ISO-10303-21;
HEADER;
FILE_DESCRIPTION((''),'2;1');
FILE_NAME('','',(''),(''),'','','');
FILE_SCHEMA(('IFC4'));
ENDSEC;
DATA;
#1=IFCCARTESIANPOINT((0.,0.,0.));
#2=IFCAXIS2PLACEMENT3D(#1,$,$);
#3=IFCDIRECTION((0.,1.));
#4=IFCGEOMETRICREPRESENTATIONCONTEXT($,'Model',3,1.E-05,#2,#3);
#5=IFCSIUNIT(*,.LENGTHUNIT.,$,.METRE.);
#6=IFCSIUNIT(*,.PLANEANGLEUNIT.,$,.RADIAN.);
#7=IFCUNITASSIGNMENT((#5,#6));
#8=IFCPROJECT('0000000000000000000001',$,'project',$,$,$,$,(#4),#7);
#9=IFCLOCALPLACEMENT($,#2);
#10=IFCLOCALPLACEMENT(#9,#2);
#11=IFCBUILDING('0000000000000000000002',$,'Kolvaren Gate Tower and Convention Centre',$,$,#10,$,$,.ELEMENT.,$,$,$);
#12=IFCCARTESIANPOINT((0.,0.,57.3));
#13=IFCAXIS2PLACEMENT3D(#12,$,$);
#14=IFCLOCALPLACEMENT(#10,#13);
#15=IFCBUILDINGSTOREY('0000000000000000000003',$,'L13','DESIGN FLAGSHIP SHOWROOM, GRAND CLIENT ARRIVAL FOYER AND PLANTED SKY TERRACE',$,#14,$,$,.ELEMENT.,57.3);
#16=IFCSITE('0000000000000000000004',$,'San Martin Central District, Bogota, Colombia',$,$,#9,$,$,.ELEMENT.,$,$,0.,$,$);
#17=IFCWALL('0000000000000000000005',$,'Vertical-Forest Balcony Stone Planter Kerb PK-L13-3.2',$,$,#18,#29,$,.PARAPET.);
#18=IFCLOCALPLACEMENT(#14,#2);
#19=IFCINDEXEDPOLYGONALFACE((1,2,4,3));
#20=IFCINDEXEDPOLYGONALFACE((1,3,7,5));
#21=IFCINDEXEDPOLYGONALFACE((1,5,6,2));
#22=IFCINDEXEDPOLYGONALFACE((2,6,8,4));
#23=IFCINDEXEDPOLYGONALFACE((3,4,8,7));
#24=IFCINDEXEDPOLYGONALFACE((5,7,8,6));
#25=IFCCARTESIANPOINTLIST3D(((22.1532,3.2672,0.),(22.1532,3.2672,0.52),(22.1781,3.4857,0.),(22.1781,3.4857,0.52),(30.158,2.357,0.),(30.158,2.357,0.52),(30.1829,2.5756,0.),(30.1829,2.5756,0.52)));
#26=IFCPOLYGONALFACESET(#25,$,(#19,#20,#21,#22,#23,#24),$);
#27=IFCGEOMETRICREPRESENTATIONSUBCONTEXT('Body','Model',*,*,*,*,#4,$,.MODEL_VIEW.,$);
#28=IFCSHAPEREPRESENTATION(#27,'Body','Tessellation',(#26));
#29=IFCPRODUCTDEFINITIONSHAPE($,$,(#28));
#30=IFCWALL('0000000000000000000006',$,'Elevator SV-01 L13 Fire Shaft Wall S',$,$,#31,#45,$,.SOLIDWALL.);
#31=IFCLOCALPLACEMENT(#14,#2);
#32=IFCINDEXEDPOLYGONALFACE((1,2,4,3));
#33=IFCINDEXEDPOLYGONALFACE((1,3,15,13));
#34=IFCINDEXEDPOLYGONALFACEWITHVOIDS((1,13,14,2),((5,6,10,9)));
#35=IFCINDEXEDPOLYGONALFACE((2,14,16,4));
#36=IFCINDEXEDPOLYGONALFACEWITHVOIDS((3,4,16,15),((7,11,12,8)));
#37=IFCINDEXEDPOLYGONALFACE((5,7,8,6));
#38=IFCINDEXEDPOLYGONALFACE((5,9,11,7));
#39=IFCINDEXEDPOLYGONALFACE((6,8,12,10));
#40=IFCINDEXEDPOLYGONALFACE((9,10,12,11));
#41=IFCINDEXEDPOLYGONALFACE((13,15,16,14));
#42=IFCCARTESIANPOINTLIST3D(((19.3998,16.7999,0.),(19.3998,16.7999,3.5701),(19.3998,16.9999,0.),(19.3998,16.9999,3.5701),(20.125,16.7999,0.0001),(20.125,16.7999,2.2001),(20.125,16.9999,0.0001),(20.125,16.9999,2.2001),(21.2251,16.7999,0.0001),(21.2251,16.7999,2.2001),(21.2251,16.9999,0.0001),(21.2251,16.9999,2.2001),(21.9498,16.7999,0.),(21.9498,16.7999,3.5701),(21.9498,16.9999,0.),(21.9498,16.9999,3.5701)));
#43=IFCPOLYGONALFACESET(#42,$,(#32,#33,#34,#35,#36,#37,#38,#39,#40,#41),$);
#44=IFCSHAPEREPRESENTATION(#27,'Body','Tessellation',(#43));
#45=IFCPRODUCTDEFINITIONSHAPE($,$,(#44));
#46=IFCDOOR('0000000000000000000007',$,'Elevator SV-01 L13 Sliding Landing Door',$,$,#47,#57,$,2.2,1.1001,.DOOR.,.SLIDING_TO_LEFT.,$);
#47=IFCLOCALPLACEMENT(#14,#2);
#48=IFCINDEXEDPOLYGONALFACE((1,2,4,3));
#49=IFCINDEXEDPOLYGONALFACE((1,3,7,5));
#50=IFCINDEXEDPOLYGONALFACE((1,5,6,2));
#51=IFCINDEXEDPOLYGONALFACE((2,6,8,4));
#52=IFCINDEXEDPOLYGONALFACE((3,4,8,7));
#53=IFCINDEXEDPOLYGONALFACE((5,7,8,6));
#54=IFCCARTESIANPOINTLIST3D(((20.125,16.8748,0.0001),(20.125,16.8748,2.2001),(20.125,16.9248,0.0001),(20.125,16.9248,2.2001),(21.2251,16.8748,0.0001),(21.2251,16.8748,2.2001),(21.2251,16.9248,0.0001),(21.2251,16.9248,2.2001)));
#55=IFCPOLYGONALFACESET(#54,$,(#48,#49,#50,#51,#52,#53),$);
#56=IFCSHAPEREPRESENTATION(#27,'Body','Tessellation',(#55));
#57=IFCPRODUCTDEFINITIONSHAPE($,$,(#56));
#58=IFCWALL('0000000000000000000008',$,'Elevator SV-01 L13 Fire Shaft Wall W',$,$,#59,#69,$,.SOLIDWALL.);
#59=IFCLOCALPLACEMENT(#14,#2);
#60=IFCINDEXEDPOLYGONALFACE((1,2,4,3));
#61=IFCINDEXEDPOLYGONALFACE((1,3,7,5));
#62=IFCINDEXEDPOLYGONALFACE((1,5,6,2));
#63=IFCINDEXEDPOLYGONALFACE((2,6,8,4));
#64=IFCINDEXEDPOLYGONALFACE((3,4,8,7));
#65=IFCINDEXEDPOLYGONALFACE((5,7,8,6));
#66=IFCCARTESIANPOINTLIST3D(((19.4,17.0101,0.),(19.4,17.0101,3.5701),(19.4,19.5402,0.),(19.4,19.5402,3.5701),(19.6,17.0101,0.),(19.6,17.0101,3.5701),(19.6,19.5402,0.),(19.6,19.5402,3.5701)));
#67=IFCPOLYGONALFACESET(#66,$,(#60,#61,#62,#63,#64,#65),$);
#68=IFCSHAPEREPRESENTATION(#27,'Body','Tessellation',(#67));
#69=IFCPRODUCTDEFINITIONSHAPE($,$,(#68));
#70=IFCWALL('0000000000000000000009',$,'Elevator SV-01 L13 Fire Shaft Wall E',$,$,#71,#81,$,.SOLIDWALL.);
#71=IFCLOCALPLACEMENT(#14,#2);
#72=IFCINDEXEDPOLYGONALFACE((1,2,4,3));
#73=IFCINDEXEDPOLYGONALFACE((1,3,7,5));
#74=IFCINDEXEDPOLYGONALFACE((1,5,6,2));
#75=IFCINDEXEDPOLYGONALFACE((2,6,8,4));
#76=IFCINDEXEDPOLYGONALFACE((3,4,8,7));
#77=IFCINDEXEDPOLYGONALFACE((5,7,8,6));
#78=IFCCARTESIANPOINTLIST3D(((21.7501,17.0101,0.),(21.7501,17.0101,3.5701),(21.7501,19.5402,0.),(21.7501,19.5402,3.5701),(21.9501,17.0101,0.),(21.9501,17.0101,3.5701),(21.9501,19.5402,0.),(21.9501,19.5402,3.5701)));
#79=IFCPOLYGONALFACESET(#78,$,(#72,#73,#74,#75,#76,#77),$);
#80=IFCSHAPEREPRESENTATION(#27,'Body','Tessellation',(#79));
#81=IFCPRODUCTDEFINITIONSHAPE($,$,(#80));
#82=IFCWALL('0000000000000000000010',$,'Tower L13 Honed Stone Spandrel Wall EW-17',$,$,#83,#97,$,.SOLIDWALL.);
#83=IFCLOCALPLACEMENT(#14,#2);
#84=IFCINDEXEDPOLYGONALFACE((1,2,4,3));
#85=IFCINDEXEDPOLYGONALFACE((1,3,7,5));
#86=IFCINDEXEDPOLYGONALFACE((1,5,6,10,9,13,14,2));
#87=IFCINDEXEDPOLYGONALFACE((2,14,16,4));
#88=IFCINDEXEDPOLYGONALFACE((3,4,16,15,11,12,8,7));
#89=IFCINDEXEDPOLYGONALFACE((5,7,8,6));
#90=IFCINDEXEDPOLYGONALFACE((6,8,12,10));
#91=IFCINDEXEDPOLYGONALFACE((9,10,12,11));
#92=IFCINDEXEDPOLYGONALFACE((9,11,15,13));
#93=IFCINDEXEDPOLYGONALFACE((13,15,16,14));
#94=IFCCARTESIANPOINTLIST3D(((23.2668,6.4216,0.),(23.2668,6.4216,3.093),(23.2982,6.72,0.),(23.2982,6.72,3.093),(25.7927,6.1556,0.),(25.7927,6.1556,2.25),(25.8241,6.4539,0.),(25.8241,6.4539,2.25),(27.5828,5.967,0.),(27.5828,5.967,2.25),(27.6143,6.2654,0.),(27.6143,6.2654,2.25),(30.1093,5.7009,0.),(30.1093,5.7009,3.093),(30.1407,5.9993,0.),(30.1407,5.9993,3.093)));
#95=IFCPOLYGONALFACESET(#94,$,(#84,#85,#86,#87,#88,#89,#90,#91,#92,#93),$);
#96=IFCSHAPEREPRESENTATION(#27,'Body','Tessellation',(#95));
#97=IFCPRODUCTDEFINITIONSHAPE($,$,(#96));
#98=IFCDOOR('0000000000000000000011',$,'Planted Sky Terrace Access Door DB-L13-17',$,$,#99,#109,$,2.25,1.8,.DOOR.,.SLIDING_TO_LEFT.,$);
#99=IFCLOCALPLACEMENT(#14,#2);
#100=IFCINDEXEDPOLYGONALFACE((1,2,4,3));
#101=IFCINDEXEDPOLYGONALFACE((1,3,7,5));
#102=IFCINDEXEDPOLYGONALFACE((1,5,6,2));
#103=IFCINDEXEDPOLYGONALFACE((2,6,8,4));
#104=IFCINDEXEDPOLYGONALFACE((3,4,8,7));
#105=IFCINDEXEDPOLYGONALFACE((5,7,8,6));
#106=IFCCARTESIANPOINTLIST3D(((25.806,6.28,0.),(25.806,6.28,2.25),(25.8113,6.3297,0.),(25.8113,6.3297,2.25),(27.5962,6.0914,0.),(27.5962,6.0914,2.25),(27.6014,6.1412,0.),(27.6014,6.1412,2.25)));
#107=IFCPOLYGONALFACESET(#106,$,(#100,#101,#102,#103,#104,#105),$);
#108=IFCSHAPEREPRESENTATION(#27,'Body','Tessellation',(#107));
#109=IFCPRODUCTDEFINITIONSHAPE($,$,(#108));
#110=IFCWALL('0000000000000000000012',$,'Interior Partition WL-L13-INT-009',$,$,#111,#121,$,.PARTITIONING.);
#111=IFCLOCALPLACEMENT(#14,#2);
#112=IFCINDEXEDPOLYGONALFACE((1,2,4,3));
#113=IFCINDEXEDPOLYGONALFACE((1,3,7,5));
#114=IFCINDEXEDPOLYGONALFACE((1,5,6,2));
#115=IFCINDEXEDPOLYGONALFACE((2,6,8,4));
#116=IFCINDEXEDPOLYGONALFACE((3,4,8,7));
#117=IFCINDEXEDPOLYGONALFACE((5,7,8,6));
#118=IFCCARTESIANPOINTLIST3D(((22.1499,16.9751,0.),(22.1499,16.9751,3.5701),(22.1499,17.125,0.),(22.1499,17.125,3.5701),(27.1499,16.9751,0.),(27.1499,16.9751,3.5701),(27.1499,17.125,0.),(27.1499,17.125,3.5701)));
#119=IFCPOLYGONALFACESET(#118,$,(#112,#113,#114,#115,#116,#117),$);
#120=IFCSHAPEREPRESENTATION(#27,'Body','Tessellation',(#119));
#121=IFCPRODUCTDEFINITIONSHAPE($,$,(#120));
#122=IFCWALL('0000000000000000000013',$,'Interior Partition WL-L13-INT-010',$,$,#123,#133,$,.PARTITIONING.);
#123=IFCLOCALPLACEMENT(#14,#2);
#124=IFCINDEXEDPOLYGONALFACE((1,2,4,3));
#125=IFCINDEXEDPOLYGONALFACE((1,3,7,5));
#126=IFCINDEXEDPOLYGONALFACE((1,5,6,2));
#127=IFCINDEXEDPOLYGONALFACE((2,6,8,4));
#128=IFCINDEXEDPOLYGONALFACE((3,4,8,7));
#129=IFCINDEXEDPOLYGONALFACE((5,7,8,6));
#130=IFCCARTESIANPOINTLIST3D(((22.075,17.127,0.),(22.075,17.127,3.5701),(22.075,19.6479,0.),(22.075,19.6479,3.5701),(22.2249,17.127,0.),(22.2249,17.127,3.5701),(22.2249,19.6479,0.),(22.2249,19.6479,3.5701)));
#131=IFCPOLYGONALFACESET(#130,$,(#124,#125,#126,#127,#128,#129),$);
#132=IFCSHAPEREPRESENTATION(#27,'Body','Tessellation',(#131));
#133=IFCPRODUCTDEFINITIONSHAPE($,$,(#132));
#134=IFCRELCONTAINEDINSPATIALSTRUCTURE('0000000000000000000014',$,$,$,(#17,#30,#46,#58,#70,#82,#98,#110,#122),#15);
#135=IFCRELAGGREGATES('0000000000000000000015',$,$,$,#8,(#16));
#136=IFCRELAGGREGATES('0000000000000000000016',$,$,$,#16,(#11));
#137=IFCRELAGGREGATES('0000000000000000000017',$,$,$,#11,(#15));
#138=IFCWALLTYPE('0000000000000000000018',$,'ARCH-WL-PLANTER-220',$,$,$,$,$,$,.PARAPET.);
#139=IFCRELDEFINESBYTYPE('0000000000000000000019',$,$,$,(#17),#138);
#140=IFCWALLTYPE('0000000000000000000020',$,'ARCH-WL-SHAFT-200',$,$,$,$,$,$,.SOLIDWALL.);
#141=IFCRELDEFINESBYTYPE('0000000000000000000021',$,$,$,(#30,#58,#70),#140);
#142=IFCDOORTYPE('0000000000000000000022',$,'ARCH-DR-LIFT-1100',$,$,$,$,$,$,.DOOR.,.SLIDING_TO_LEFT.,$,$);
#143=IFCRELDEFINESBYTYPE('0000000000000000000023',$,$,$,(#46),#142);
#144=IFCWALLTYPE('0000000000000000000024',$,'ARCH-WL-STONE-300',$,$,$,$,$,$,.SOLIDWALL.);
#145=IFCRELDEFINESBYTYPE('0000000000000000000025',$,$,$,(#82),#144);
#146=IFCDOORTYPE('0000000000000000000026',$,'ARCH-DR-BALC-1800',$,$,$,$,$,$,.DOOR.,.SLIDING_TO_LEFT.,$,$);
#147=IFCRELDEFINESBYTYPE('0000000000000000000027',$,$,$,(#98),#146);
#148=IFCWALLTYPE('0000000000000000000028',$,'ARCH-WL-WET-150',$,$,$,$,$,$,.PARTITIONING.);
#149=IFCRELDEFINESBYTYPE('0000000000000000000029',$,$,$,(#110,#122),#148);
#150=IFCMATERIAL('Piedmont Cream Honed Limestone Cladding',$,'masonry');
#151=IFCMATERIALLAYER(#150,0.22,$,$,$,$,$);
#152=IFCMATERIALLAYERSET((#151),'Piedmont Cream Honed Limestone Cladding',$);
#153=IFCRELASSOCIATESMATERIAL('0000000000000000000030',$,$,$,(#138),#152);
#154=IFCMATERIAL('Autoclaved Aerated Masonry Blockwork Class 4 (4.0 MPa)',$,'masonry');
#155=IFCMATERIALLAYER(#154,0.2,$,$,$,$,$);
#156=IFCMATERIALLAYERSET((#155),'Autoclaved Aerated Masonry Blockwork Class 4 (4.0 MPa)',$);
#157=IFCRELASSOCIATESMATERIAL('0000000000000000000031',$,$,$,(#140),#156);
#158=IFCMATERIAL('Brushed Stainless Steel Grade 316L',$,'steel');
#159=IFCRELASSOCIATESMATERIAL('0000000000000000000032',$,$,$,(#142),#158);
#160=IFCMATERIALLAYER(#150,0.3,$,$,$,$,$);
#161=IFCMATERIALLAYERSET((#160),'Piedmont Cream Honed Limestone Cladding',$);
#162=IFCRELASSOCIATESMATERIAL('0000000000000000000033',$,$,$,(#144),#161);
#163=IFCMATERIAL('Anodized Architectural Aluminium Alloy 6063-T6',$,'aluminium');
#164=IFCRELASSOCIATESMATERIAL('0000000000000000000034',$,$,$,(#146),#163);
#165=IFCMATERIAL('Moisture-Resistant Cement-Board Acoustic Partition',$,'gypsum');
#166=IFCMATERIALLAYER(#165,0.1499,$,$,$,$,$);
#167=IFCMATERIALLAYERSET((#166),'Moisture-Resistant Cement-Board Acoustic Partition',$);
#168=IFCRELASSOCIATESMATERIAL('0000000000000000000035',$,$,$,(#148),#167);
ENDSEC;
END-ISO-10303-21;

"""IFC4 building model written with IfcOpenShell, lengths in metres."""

from ifc_helpers import new_model, si_unit, direction, frame, frame_2d, origin, place, context, subcontext, project, spatial, rectangle, extrude, material, layer, layer_set, type_object, element, fill, save


model = new_model("IFC4")

# Units and contexts
model_context = context("Model", 3, precision=1e-05, world=origin(), true_north=direction((0.0, 1.0)))
body_context = subcontext(model_context, "Body", "Model", "MODEL_VIEW")
ifc_project = project(units=[si_unit("LENGTHUNIT", "METRE"), si_unit("PLANEANGLEUNIT", "RADIAN")], contexts=[model_context])

# Site, building, storey
site_placement = place(None, origin())
site = spatial("IfcSite", under=ifc_project, at=site_placement, Name="San Martin Central District, Bogota, Colombia", CompositionType="ELEMENT", RefElevation=0.0)
building_placement = place(site_placement, origin())
building = spatial("IfcBuilding", under=site, at=building_placement, Name="Kolvaren Gate Tower and Convention Centre", CompositionType="ELEMENT")
storey_placement = place(building_placement, frame((0.0, 0.0, 57.3)))
storey = spatial("IfcBuildingStorey", under=building, at=storey_placement, Name="L13", Description="DESIGN FLAGSHIP SHOWROOM, GRAND CLIENT ARRIVAL FOYER AND PLANTED SKY TERRACE", CompositionType="ELEMENT", Elevation=57.3)

# Wall
ifc_material_1 = material(Name="Piedmont Cream Honed Limestone Cladding", Category="masonry")
ifc_layer_1 = layer(ifc_material_1, 0.22)
ifc_layer_set_1 = layer_set([ifc_layer_1], Name="Piedmont Cream Honed Limestone Cladding")
wall_type_1 = type_object("IfcWallType", Name="ARCH-WL-PLANTER-220", PredefinedType="PARAPET", material=ifc_layer_set_1)
wall_1_placement = place(storey_placement, frame((22.1655, 3.3765, 0.0), z_axis=(0.0, 0.0, 1.0), x_axis=(0.993598, -0.112972, 0.0)))
element("IfcWall", 1, at=wall_1_placement, inside=storey, type_object=wall_type_1, Name="Vertical-Forest Balcony Stone Planter Kerb PK-L13-3.2", PredefinedType="PARAPET", context=body_context, shape_type="SweptSolid", body=[
    extrude(rectangle(XDim=8.0564, YDim=0.22, at=frame_2d((4.0283, 0.0))), origin(), (0.0, 0.0, 1.0), 0.52),
])

# Wall, opening, door
ifc_material_2 = material(Name="Autoclaved Aerated Masonry Blockwork Class 4 (4.0 MPa)", Category="masonry")
ifc_layer_2 = layer(ifc_material_2, 0.2)
ifc_layer_set_2 = layer_set([ifc_layer_2], Name="Autoclaved Aerated Masonry Blockwork Class 4 (4.0 MPa)")
wall_type_2 = type_object("IfcWallType", Name="ARCH-WL-SHAFT-200", PredefinedType="SOLIDWALL", material=ifc_layer_set_2)
wall_2_placement = place(storey_placement, frame((19.3999, 16.8999, 0.0), z_axis=(0.0, 0.0, 1.0), x_axis=(1.0, 0.0, 0.0)))
wall_2 = element("IfcWall", 2, at=wall_2_placement, inside=storey, type_object=wall_type_2, Name="Elevator SV-01 L13 Fire Shaft Wall S", PredefinedType="SOLIDWALL", context=body_context, shape_type="SweptSolid", body=[
    extrude(rectangle(XDim=2.55, YDim=0.2, at=frame_2d((1.2749, 0.0))), origin(), (0.0, 0.0, 1.0), 3.5701),
])
opening_1_placement = place(wall_2_placement, frame((0.7251, 0.0, 0.0)))
opening_1 = element("IfcOpeningElement", 3, at=opening_1_placement, cuts=wall_2, PredefinedType="OPENING", context=body_context, shape_type="SweptSolid", body=[
    extrude(rectangle(XDim=1.1001, YDim=2.2, at=frame_2d((0.55, 1.1001))), frame((0.0, 0.1099, 0.0), z_axis=(0.0, -1.0, 0.0), x_axis=(1.0, 0.0, 0.0)), (0.0, 0.0, 1.0), 0.22),
])
ifc_material_3 = material(Name="Brushed Stainless Steel Grade 316L", Category="steel")
door_type_1 = type_object("IfcDoorType", Name="ARCH-DR-LIFT-1100", OperationType="SLIDING_TO_LEFT", PredefinedType="DOOR", material=ifc_material_3)
door_1_placement = place(opening_1_placement, origin())
door_1 = element("IfcDoor", 4, at=door_1_placement, inside=storey, type_object=door_type_1, Name="Elevator SV-01 L13 Sliding Landing Door", OperationType="SLIDING_TO_LEFT", OverallHeight=2.2, OverallWidth=1.1001, PredefinedType="DOOR", context=body_context, shape_type="SweptSolid", body=[
    extrude(rectangle(XDim=1.1001, YDim=2.2, at=frame_2d((0.55, 1.1001))), frame((0.0, 0.0249, 0.0), z_axis=(0.0, -1.0, 0.0), x_axis=(1.0, 0.0, 0.0)), (0.0, 0.0, 1.0), 0.05),
])
fill(opening_1, door_1)

# Walls
for number, where, z_axis, x_axis, name in (
    (5, (19.5, 17.01, 0.0), (0.0, 0.0, 1.0), (0.0, 1.0, 0.0), "Elevator SV-01 L13 Fire Shaft Wall W"),
    (6, (21.8501, 17.01, 0.0), (0.0, 0.0, 1.0), (0.0, 1.0, 0.0), "Elevator SV-01 L13 Fire Shaft Wall E"),
):
    element("IfcWall", number, at=place(storey_placement, frame(where, z_axis=z_axis, x_axis=x_axis)), inside=storey, type_object=wall_type_2, Name=name, PredefinedType="SOLIDWALL", context=body_context, shape_type="SweptSolid", body=[
        extrude(rectangle(XDim=2.53, YDim=0.2, at=frame_2d((1.2651, 0.0))), origin(), (0.0, 0.0, 1.0), 3.5701),
    ])

# Wall, opening, door
ifc_layer_3 = layer(ifc_material_1, 0.3)
ifc_layer_set_3 = layer_set([ifc_layer_3], Name="Piedmont Cream Honed Limestone Cladding")
wall_type_3 = type_object("IfcWallType", Name="ARCH-WL-STONE-300", PredefinedType="SOLIDWALL", material=ifc_layer_set_3)
wall_3_placement = place(storey_placement, frame((23.2825, 6.5708, 0.0), z_axis=(0.0, 0.0, 1.0), x_axis=(0.994499, -0.104748, 0.0)))
wall_3 = element("IfcWall", 7, at=wall_3_placement, inside=storey, type_object=wall_type_3, Name="Tower L13 Honed Stone Spandrel Wall EW-17", PredefinedType="SOLIDWALL", context=body_context, shape_type="SweptSolid", body=[
    extrude(rectangle(XDim=6.8804, YDim=0.3, at=frame_2d((3.4402, 0.0))), origin(), (0.0, 0.0, 1.0), 3.093),
])
opening_2_placement = place(wall_3_placement, frame((2.54, 0.0, 0.0)))
opening_2 = element("IfcOpeningElement", 8, at=opening_2_placement, cuts=wall_3, PredefinedType="OPENING", context=body_context, shape_type="SweptSolid", body=[
    extrude(rectangle(XDim=1.8, YDim=2.25, at=frame_2d((0.8999, 1.125))), frame((0.0, 0.1599, 0.0), z_axis=(0.0, -1.0, 0.0), x_axis=(1.0, 0.0, 0.0)), (0.0, 0.0, 1.0), 0.3201),
])
ifc_material_4 = material(Name="Anodized Architectural Aluminium Alloy 6063-T6", Category="aluminium")
door_type_2 = type_object("IfcDoorType", Name="ARCH-DR-BALC-1800", OperationType="SLIDING_TO_LEFT", PredefinedType="DOOR", material=ifc_material_4)
door_2_placement = place(opening_2_placement, frame((1.8, 0.0, 0.0), z_axis=(0.0, 0.0, 1.0), x_axis=(-1.0, 0.0, 0.0)))
door_2 = element("IfcDoor", 9, at=door_2_placement, inside=storey, type_object=door_type_2, Name="Planted Sky Terrace Access Door DB-L13-17", OperationType="SLIDING_TO_LEFT", OverallHeight=2.25, OverallWidth=1.8, PredefinedType="DOOR", context=body_context, shape_type="SweptSolid", body=[
    extrude(rectangle(XDim=1.8, YDim=2.25, at=frame_2d((0.8999, 1.125))), frame((0.0, 0.0249, 0.0), z_axis=(0.0, -1.0, 0.0), x_axis=(1.0, 0.0, 0.0)), (0.0, 0.0, 1.0), 0.05),
])
fill(opening_2, door_2)

# Walls
ifc_material_5 = material(Name="Moisture-Resistant Cement-Board Acoustic Partition", Category="gypsum")
ifc_layer_4 = layer(ifc_material_5, 0.1499)
ifc_layer_set_4 = layer_set([ifc_layer_4], Name="Moisture-Resistant Cement-Board Acoustic Partition")
wall_type_4 = type_object("IfcWallType", Name="ARCH-WL-WET-150", PredefinedType="PARTITIONING", material=ifc_layer_set_4)
wall_4_placement = place(storey_placement, frame((22.1499, 17.05, 0.0), z_axis=(0.0, 0.0, 1.0), x_axis=(1.0, 0.0, 0.0)))
element("IfcWall", 10, at=wall_4_placement, inside=storey, type_object=wall_type_4, Name="Interior Partition WL-L13-INT-009", PredefinedType="PARTITIONING", context=body_context, shape_type="SweptSolid", body=[
    extrude(rectangle(XDim=5.0, YDim=0.1499, at=frame_2d((2.5, 0.0))), origin(), (0.0, 0.0, 1.0), 3.5701),
])
wall_5_placement = place(storey_placement, frame((22.1499, 17.127, 0.0), z_axis=(0.0, 0.0, 1.0), x_axis=(0.0, 1.0, 0.0)))
element("IfcWall", 11, at=wall_5_placement, inside=storey, type_object=wall_type_4, Name="Interior Partition WL-L13-INT-010", PredefinedType="PARTITIONING", context=body_context, shape_type="SweptSolid", body=[
    extrude(rectangle(XDim=2.521, YDim=0.1499, at=frame_2d((1.2605, 0.0))), origin(), (0.0, 0.0, 1.0), 3.5701),
])

save(model, "model.ifc")
